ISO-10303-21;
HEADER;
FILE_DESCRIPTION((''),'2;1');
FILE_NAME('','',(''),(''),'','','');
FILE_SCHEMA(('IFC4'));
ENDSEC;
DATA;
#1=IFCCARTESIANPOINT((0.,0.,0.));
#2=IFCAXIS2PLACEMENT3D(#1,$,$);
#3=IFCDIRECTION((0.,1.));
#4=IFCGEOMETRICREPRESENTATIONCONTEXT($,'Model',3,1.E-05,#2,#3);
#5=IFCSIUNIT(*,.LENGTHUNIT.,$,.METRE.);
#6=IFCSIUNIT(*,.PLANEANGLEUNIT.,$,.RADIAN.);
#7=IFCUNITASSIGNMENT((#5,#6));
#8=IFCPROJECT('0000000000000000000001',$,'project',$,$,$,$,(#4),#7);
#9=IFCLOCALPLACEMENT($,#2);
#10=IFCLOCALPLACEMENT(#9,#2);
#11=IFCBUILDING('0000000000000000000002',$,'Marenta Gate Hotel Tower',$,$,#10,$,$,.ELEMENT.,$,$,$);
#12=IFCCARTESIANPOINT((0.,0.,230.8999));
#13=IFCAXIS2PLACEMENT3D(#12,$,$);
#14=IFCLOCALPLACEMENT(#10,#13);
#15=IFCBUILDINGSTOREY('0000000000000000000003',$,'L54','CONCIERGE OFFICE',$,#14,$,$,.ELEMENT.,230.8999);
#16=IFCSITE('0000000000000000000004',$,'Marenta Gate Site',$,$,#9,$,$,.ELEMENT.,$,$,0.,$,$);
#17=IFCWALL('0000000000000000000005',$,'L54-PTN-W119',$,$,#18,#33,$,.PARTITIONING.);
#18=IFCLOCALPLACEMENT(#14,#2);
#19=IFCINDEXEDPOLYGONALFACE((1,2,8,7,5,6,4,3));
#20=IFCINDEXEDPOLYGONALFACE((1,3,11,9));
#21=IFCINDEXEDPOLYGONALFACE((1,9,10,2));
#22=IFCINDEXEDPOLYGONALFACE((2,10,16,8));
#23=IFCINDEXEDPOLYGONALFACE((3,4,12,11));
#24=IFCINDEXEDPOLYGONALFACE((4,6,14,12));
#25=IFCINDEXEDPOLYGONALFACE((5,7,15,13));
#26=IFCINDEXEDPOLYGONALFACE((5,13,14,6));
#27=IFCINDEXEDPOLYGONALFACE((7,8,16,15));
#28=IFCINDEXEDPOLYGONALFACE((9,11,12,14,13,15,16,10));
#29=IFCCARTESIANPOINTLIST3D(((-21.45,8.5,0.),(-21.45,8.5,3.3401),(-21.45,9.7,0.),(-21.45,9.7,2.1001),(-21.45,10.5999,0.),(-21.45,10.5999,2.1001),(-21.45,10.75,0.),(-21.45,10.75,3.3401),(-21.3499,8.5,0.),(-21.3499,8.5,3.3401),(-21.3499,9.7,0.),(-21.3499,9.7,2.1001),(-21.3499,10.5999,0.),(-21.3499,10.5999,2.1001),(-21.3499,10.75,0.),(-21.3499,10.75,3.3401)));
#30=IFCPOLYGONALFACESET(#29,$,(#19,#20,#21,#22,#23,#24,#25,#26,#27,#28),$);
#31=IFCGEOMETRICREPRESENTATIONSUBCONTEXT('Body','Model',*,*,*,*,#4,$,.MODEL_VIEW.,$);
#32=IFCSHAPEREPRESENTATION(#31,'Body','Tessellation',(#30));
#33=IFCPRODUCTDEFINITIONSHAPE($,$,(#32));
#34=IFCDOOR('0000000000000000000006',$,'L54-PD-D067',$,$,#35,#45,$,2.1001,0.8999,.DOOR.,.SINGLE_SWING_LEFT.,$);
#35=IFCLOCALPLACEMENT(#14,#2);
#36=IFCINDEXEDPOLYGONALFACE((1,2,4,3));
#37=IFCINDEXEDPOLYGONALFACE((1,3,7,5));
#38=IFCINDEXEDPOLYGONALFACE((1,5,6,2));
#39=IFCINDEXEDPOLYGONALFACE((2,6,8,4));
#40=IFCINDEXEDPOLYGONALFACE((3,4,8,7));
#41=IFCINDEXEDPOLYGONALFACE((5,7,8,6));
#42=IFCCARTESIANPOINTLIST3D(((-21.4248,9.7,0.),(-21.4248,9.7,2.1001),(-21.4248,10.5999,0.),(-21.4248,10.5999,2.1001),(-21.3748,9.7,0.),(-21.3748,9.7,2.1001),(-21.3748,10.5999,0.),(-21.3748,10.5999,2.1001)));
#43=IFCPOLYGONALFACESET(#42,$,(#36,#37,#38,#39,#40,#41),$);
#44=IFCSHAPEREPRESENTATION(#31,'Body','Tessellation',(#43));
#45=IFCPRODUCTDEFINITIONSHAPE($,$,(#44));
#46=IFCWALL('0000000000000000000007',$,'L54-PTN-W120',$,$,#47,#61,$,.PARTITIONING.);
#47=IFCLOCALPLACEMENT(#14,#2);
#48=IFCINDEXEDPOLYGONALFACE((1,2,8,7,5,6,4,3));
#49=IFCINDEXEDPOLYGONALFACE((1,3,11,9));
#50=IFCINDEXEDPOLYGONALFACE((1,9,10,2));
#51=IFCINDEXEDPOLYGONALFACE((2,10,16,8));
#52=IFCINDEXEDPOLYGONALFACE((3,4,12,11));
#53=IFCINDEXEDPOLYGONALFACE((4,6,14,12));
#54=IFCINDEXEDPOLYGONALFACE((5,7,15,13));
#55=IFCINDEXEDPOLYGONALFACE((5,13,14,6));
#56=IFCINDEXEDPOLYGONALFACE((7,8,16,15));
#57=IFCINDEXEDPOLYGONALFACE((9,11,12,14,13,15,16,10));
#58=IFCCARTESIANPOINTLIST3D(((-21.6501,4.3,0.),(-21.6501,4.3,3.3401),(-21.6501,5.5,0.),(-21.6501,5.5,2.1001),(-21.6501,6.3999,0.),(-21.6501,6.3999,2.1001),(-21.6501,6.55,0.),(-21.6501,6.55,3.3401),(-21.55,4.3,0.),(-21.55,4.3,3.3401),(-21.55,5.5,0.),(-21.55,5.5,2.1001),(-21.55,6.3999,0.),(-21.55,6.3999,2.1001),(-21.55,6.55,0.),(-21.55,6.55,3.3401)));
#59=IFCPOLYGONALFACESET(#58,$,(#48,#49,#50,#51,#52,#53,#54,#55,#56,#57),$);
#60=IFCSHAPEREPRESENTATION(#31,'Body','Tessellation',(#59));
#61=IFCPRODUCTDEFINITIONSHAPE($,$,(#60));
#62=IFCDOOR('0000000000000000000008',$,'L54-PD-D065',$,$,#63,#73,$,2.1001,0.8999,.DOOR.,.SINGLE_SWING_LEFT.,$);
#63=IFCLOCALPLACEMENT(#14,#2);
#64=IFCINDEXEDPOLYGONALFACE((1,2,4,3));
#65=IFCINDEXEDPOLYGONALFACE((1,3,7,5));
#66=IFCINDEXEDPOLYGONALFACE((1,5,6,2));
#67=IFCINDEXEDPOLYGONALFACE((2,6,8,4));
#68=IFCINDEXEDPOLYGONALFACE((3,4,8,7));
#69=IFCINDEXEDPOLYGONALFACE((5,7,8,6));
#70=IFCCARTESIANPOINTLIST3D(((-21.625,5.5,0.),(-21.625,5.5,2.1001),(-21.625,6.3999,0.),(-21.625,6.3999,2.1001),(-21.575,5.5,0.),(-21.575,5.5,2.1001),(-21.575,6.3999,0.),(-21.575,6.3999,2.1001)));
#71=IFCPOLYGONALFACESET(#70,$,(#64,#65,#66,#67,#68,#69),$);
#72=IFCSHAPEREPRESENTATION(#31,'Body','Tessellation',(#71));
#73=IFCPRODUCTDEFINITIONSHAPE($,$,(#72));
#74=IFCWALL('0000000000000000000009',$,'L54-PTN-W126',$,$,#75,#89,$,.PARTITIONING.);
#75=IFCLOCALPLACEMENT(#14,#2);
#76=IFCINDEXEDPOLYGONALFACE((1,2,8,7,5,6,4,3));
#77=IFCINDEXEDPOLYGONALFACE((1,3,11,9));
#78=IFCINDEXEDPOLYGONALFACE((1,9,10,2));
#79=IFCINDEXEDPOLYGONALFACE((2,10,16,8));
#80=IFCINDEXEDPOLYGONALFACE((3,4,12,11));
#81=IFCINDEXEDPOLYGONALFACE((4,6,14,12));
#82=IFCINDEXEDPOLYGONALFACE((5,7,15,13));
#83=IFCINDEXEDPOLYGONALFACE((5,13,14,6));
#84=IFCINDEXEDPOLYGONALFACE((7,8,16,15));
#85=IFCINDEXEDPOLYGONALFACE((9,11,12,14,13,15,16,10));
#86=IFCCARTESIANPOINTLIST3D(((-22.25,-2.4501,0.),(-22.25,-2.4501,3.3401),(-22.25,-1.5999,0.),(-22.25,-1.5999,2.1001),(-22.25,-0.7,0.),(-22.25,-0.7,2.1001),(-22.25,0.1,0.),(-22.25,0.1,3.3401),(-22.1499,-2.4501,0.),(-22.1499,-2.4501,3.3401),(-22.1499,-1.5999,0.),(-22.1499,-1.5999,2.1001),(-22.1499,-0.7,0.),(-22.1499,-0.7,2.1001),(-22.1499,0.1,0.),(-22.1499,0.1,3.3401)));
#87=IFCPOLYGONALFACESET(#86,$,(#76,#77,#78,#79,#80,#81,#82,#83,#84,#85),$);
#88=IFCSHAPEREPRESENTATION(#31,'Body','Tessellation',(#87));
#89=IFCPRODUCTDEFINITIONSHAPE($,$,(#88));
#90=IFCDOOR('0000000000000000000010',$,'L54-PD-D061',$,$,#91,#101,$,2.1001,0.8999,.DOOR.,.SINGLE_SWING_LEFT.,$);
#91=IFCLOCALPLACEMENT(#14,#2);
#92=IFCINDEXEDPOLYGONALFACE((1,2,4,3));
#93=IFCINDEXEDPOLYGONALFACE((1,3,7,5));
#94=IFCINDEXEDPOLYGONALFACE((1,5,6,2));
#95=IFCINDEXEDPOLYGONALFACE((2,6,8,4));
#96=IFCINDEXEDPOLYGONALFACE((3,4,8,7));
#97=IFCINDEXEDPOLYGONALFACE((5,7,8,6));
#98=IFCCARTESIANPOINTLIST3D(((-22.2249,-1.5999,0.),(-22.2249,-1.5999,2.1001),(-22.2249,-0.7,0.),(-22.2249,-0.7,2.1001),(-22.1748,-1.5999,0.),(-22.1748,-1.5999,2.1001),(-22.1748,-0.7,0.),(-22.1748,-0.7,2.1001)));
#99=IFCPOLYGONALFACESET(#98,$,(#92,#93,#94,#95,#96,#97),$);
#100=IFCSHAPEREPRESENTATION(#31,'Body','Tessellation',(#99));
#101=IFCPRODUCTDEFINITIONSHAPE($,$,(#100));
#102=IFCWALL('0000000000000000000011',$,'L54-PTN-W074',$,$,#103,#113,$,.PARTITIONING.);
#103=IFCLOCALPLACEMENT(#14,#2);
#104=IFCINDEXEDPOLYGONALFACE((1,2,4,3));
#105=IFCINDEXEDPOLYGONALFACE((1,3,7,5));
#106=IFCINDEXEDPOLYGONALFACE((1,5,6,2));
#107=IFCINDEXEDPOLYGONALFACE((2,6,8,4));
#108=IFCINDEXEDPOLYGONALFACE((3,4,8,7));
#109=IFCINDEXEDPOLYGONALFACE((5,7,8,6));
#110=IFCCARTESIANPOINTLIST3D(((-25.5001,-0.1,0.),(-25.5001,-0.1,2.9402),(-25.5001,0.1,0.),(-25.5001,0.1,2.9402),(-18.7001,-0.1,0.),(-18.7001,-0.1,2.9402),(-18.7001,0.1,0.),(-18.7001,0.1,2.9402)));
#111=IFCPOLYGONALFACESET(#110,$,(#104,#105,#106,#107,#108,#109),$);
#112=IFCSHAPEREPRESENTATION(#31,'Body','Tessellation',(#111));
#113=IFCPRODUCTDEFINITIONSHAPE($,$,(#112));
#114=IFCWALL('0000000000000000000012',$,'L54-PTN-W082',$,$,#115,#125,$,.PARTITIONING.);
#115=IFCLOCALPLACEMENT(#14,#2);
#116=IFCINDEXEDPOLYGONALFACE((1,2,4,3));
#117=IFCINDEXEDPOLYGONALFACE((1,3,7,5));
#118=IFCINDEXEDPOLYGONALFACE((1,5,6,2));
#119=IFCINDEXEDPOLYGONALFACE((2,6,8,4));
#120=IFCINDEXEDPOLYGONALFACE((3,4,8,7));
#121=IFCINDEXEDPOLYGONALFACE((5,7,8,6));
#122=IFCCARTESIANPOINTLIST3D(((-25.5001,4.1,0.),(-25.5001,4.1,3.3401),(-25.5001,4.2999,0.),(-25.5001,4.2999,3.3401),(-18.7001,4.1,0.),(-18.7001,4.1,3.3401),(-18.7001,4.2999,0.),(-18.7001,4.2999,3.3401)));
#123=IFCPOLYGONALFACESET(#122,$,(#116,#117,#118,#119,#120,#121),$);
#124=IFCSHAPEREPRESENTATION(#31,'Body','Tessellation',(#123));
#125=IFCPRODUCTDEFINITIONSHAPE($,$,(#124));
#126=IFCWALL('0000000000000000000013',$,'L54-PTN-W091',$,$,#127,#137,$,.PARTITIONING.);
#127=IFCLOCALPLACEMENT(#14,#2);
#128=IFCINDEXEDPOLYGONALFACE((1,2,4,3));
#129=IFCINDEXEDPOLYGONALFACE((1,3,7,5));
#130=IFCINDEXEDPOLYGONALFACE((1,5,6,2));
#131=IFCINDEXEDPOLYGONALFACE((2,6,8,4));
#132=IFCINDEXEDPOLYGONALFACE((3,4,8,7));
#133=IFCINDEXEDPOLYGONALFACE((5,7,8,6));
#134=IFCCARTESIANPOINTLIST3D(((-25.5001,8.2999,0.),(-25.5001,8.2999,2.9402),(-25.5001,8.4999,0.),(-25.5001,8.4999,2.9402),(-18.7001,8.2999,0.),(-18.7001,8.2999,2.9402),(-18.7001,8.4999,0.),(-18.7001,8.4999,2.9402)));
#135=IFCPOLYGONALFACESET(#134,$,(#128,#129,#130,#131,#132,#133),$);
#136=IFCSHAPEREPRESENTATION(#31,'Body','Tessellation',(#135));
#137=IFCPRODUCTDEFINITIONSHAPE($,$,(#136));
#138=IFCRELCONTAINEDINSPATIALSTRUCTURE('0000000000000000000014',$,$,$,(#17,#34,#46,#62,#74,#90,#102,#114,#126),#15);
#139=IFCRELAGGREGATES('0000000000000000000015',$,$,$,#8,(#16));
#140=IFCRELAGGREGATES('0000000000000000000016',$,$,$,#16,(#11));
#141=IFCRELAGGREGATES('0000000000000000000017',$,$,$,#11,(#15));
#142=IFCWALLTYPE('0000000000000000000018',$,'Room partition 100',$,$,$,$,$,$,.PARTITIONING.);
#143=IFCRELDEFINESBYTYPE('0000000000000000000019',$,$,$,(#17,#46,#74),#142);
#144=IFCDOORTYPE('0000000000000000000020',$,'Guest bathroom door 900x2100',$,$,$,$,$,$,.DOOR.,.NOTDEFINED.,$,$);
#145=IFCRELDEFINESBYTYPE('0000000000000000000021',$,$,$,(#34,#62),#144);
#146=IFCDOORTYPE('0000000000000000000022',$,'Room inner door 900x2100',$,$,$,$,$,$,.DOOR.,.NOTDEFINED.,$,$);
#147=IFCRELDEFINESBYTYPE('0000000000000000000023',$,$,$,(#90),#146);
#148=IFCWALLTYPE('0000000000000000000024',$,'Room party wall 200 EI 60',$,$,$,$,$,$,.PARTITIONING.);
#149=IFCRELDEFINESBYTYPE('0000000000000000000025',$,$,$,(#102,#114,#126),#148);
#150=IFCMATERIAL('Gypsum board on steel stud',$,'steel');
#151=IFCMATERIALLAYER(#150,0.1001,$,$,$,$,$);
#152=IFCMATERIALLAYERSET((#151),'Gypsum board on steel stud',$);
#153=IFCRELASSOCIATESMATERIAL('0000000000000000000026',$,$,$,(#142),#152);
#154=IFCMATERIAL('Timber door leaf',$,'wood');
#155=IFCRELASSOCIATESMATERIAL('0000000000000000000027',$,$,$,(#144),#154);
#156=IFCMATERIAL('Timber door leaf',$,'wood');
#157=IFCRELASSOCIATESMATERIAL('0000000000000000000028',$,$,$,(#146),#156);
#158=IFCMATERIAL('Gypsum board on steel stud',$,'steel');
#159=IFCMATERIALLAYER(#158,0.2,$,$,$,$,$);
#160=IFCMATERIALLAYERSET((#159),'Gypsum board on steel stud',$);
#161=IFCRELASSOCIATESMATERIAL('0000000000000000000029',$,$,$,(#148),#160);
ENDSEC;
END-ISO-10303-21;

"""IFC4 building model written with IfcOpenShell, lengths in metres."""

from ifc_helpers import new_model, si_unit, direction, frame, frame_2d, origin, place, context, subcontext, project, spatial, rectangle, extrude, material, layer, layer_set, type_object, element, fill, save


model = new_model("IFC4")

# Units and contexts
model_context = context("Model", 3, precision=1e-05, world=origin(), true_north=direction((0.0, 1.0)))
body_context = subcontext(model_context, "Body", "Model", "MODEL_VIEW")
ifc_project = project(units=[si_unit("LENGTHUNIT", "METRE"), si_unit("PLANEANGLEUNIT", "RADIAN")], contexts=[model_context])

# Site, building, storey
site_placement = place(None, origin())
site = spatial("IfcSite", under=ifc_project, at=site_placement, Name="Marenta Gate Site", CompositionType="ELEMENT", RefElevation=0.0)
building_placement = place(site_placement, origin())
building = spatial("IfcBuilding", under=site, at=building_placement, Name="Marenta Gate Hotel Tower", CompositionType="ELEMENT")
storey_placement = place(building_placement, frame((0.0, 0.0, 230.8999)))
storey = spatial("IfcBuildingStorey", under=building, at=storey_placement, Name="L54", Description="CONCIERGE OFFICE", CompositionType="ELEMENT", Elevation=230.8999)

# Shared definitions
ifc_material_1 = material(Name="Gypsum board on steel stud", Category="steel")
ifc_layer_1 = layer(ifc_material_1, 0.1001)
ifc_layer_set_1 = layer_set([ifc_layer_1], Name="Gypsum board on steel stud")
wall_type_1 = type_object("IfcWallType", Name="Room partition 100", PredefinedType="PARTITIONING", material=ifc_layer_set_1)

# Walls, openings, doors
ifc_material_2 = material(Name="Timber door leaf", Category="wood")
door_type_1 = type_object("IfcDoorType", Name="Guest bathroom door 900x2100", OperationType="NOTDEFINED", PredefinedType="DOOR", material=ifc_material_2)
wall_1_placement = place(storey_placement, frame((-21.3999, 8.5, 0.0), z_axis=(0.0, 0.0, 1.0), x_axis=(0.0, 1.0, 0.0)))
wall_1 = element("IfcWall", 1, at=wall_1_placement, inside=storey, type_object=wall_type_1, Name="L54-PTN-W119", PredefinedType="PARTITIONING", context=body_context, shape_type="SweptSolid", body=[
    extrude(rectangle(XDim=2.25, YDim=0.1001, at=frame_2d((1.125, 0.0))), origin(), (0.0, 0.0, 1.0), 3.3401),
])
opening_1_placement = place(wall_1_placement, frame((1.2, 0.0, 0.0)))
opening_1 = element("IfcOpeningElement", 2, at=opening_1_placement, cuts=wall_1, PredefinedType="OPENING", context=body_context, shape_type="SweptSolid", body=[
    extrude(rectangle(XDim=0.8999, YDim=2.1001, at=frame_2d((0.45, 1.05))), frame((0.0, 0.05, 0.0), z_axis=(0.0, -1.0, 0.0), x_axis=(1.0, 0.0, 0.0)), (0.0, 0.0, 1.0), 0.1001),
])
door_1_placement = place(opening_1_placement, origin())
door_1 = element("IfcDoor", 3, at=door_1_placement, inside=storey, type_object=door_type_1, Name="L54-PD-D067", OperationType="SINGLE_SWING_LEFT", OverallHeight=2.1001, OverallWidth=0.8999, PredefinedType="DOOR", context=body_context, shape_type="SweptSolid", body=[
    extrude(rectangle(XDim=0.8999, YDim=2.1001, at=frame_2d((0.45, 1.05))), frame((0.0, 0.0249, 0.0), z_axis=(0.0, -1.0, 0.0), x_axis=(1.0, 0.0, 0.0)), (0.0, 0.0, 1.0), 0.05),
])
fill(opening_1, door_1)
wall_2_placement = place(storey_placement, frame((-21.6001, 4.3, 0.0), z_axis=(0.0, 0.0, 1.0), x_axis=(0.0, 1.0, 0.0)))
wall_2 = element("IfcWall", 4, at=wall_2_placement, inside=storey, type_object=wall_type_1, Name="L54-PTN-W120", PredefinedType="PARTITIONING", context=body_context, shape_type="SweptSolid", body=[
    extrude(rectangle(XDim=2.25, YDim=0.1001, at=frame_2d((1.125, 0.0))), origin(), (0.0, 0.0, 1.0), 3.3401),
])
opening_2_placement = place(wall_2_placement, frame((1.2, 0.0, 0.0)))
opening_2 = element("IfcOpeningElement", 5, at=opening_2_placement, cuts=wall_2, PredefinedType="OPENING", context=body_context, shape_type="SweptSolid", body=[
    extrude(rectangle(XDim=0.8999, YDim=2.1001, at=frame_2d((0.45, 1.05))), frame((0.0, 0.05, 0.0), z_axis=(0.0, -1.0, 0.0), x_axis=(1.0, 0.0, 0.0)), (0.0, 0.0, 1.0), 0.1001),
])
door_2_placement = place(opening_2_placement, origin())
door_2 = element("IfcDoor", 6, at=door_2_placement, inside=storey, type_object=door_type_1, Name="L54-PD-D065", OperationType="SINGLE_SWING_LEFT", OverallHeight=2.1001, OverallWidth=0.8999, PredefinedType="DOOR", context=body_context, shape_type="SweptSolid", body=[
    extrude(rectangle(XDim=0.8999, YDim=2.1001, at=frame_2d((0.45, 1.05))), frame((0.0, 0.0249, 0.0), z_axis=(0.0, -1.0, 0.0), x_axis=(1.0, 0.0, 0.0)), (0.0, 0.0, 1.0), 0.05),
])
fill(opening_2, door_2)
wall_3_placement = place(storey_placement, frame((-22.2, -2.45, 0.0), z_axis=(0.0, 0.0, 1.0), x_axis=(0.0, 1.0, 0.0)))
wall_3 = element("IfcWall", 7, at=wall_3_placement, inside=storey, type_object=wall_type_1, Name="L54-PTN-W126", PredefinedType="PARTITIONING", context=body_context, shape_type="SweptSolid", body=[
    extrude(rectangle(XDim=2.55, YDim=0.1001, at=frame_2d((1.2749, 0.0))), origin(), (0.0, 0.0, 1.0), 3.3401),
])
opening_3_placement = place(wall_3_placement, frame((0.8501, 0.0, 0.0)))
opening_3 = element("IfcOpeningElement", 8, at=opening_3_placement, cuts=wall_3, PredefinedType="OPENING", context=body_context, shape_type="SweptSolid", body=[
    extrude(rectangle(XDim=0.8999, YDim=2.1001, at=frame_2d((0.45, 1.05))), frame((0.0, 0.05, 0.0), z_axis=(0.0, -1.0, 0.0), x_axis=(1.0, 0.0, 0.0)), (0.0, 0.0, 1.0), 0.1001),
])
ifc_material_3 = material(Name="Timber door leaf", Category="wood")
door_type_2 = type_object("IfcDoorType", Name="Room inner door 900x2100", OperationType="NOTDEFINED", PredefinedType="DOOR", material=ifc_material_3)
door_3_placement = place(opening_3_placement, origin())
door_3 = element("IfcDoor", 9, at=door_3_placement, inside=storey, type_object=door_type_2, Name="L54-PD-D061", OperationType="SINGLE_SWING_LEFT", OverallHeight=2.1001, OverallWidth=0.8999, PredefinedType="DOOR", context=body_context, shape_type="SweptSolid", body=[
    extrude(rectangle(XDim=0.8999, YDim=2.1001, at=frame_2d((0.45, 1.05))), frame((0.0, 0.0249, 0.0), z_axis=(0.0, -1.0, 0.0), x_axis=(1.0, 0.0, 0.0)), (0.0, 0.0, 1.0), 0.05),
])
fill(opening_3, door_3)

# Walls
ifc_material_4 = material(Name="Gypsum board on steel stud", Category="steel")
ifc_layer_2 = layer(ifc_material_4, 0.2)
ifc_layer_set_2 = layer_set([ifc_layer_2], Name="Gypsum board on steel stud")
wall_type_2 = type_object("IfcWallType", Name="Room party wall 200 EI 60", PredefinedType="PARTITIONING", material=ifc_layer_set_2)
wall_4_placement = place(storey_placement, frame((-25.5, 0.0, 0.0), z_axis=(0.0, 0.0, 1.0), x_axis=(1.0, 0.0, 0.0)))
element("IfcWall", 10, at=wall_4_placement, inside=storey, type_object=wall_type_2, Name="L54-PTN-W074", PredefinedType="PARTITIONING", context=body_context, shape_type="SweptSolid", body=[
    extrude(rectangle(XDim=6.8, YDim=0.2, at=frame_2d((3.3999, 0.0))), origin(), (0.0, 0.0, 1.0), 2.9402),
])
wall_5_placement = place(storey_placement, frame((-25.5, 4.2, 0.0), z_axis=(0.0, 0.0, 1.0), x_axis=(1.0, 0.0, 0.0)))
element("IfcWall", 11, at=wall_5_placement, inside=storey, type_object=wall_type_2, Name="L54-PTN-W082", PredefinedType="PARTITIONING", context=body_context, shape_type="SweptSolid", body=[
    extrude(rectangle(XDim=6.8, YDim=0.2, at=frame_2d((3.3999, 0.0))), origin(), (0.0, 0.0, 1.0), 3.3401),
])
wall_6_placement = place(storey_placement, frame((-25.5, 8.3999, 0.0), z_axis=(0.0, 0.0, 1.0), x_axis=(1.0, 0.0, 0.0)))
element("IfcWall", 12, at=wall_6_placement, inside=storey, type_object=wall_type_2, Name="L54-PTN-W091", PredefinedType="PARTITIONING", context=body_context, shape_type="SweptSolid", body=[
    extrude(rectangle(XDim=6.8, YDim=0.2, at=frame_2d((3.3999, 0.0))), origin(), (0.0, 0.0, 1.0), 2.9402),
])

save(model, "model.ifc")
